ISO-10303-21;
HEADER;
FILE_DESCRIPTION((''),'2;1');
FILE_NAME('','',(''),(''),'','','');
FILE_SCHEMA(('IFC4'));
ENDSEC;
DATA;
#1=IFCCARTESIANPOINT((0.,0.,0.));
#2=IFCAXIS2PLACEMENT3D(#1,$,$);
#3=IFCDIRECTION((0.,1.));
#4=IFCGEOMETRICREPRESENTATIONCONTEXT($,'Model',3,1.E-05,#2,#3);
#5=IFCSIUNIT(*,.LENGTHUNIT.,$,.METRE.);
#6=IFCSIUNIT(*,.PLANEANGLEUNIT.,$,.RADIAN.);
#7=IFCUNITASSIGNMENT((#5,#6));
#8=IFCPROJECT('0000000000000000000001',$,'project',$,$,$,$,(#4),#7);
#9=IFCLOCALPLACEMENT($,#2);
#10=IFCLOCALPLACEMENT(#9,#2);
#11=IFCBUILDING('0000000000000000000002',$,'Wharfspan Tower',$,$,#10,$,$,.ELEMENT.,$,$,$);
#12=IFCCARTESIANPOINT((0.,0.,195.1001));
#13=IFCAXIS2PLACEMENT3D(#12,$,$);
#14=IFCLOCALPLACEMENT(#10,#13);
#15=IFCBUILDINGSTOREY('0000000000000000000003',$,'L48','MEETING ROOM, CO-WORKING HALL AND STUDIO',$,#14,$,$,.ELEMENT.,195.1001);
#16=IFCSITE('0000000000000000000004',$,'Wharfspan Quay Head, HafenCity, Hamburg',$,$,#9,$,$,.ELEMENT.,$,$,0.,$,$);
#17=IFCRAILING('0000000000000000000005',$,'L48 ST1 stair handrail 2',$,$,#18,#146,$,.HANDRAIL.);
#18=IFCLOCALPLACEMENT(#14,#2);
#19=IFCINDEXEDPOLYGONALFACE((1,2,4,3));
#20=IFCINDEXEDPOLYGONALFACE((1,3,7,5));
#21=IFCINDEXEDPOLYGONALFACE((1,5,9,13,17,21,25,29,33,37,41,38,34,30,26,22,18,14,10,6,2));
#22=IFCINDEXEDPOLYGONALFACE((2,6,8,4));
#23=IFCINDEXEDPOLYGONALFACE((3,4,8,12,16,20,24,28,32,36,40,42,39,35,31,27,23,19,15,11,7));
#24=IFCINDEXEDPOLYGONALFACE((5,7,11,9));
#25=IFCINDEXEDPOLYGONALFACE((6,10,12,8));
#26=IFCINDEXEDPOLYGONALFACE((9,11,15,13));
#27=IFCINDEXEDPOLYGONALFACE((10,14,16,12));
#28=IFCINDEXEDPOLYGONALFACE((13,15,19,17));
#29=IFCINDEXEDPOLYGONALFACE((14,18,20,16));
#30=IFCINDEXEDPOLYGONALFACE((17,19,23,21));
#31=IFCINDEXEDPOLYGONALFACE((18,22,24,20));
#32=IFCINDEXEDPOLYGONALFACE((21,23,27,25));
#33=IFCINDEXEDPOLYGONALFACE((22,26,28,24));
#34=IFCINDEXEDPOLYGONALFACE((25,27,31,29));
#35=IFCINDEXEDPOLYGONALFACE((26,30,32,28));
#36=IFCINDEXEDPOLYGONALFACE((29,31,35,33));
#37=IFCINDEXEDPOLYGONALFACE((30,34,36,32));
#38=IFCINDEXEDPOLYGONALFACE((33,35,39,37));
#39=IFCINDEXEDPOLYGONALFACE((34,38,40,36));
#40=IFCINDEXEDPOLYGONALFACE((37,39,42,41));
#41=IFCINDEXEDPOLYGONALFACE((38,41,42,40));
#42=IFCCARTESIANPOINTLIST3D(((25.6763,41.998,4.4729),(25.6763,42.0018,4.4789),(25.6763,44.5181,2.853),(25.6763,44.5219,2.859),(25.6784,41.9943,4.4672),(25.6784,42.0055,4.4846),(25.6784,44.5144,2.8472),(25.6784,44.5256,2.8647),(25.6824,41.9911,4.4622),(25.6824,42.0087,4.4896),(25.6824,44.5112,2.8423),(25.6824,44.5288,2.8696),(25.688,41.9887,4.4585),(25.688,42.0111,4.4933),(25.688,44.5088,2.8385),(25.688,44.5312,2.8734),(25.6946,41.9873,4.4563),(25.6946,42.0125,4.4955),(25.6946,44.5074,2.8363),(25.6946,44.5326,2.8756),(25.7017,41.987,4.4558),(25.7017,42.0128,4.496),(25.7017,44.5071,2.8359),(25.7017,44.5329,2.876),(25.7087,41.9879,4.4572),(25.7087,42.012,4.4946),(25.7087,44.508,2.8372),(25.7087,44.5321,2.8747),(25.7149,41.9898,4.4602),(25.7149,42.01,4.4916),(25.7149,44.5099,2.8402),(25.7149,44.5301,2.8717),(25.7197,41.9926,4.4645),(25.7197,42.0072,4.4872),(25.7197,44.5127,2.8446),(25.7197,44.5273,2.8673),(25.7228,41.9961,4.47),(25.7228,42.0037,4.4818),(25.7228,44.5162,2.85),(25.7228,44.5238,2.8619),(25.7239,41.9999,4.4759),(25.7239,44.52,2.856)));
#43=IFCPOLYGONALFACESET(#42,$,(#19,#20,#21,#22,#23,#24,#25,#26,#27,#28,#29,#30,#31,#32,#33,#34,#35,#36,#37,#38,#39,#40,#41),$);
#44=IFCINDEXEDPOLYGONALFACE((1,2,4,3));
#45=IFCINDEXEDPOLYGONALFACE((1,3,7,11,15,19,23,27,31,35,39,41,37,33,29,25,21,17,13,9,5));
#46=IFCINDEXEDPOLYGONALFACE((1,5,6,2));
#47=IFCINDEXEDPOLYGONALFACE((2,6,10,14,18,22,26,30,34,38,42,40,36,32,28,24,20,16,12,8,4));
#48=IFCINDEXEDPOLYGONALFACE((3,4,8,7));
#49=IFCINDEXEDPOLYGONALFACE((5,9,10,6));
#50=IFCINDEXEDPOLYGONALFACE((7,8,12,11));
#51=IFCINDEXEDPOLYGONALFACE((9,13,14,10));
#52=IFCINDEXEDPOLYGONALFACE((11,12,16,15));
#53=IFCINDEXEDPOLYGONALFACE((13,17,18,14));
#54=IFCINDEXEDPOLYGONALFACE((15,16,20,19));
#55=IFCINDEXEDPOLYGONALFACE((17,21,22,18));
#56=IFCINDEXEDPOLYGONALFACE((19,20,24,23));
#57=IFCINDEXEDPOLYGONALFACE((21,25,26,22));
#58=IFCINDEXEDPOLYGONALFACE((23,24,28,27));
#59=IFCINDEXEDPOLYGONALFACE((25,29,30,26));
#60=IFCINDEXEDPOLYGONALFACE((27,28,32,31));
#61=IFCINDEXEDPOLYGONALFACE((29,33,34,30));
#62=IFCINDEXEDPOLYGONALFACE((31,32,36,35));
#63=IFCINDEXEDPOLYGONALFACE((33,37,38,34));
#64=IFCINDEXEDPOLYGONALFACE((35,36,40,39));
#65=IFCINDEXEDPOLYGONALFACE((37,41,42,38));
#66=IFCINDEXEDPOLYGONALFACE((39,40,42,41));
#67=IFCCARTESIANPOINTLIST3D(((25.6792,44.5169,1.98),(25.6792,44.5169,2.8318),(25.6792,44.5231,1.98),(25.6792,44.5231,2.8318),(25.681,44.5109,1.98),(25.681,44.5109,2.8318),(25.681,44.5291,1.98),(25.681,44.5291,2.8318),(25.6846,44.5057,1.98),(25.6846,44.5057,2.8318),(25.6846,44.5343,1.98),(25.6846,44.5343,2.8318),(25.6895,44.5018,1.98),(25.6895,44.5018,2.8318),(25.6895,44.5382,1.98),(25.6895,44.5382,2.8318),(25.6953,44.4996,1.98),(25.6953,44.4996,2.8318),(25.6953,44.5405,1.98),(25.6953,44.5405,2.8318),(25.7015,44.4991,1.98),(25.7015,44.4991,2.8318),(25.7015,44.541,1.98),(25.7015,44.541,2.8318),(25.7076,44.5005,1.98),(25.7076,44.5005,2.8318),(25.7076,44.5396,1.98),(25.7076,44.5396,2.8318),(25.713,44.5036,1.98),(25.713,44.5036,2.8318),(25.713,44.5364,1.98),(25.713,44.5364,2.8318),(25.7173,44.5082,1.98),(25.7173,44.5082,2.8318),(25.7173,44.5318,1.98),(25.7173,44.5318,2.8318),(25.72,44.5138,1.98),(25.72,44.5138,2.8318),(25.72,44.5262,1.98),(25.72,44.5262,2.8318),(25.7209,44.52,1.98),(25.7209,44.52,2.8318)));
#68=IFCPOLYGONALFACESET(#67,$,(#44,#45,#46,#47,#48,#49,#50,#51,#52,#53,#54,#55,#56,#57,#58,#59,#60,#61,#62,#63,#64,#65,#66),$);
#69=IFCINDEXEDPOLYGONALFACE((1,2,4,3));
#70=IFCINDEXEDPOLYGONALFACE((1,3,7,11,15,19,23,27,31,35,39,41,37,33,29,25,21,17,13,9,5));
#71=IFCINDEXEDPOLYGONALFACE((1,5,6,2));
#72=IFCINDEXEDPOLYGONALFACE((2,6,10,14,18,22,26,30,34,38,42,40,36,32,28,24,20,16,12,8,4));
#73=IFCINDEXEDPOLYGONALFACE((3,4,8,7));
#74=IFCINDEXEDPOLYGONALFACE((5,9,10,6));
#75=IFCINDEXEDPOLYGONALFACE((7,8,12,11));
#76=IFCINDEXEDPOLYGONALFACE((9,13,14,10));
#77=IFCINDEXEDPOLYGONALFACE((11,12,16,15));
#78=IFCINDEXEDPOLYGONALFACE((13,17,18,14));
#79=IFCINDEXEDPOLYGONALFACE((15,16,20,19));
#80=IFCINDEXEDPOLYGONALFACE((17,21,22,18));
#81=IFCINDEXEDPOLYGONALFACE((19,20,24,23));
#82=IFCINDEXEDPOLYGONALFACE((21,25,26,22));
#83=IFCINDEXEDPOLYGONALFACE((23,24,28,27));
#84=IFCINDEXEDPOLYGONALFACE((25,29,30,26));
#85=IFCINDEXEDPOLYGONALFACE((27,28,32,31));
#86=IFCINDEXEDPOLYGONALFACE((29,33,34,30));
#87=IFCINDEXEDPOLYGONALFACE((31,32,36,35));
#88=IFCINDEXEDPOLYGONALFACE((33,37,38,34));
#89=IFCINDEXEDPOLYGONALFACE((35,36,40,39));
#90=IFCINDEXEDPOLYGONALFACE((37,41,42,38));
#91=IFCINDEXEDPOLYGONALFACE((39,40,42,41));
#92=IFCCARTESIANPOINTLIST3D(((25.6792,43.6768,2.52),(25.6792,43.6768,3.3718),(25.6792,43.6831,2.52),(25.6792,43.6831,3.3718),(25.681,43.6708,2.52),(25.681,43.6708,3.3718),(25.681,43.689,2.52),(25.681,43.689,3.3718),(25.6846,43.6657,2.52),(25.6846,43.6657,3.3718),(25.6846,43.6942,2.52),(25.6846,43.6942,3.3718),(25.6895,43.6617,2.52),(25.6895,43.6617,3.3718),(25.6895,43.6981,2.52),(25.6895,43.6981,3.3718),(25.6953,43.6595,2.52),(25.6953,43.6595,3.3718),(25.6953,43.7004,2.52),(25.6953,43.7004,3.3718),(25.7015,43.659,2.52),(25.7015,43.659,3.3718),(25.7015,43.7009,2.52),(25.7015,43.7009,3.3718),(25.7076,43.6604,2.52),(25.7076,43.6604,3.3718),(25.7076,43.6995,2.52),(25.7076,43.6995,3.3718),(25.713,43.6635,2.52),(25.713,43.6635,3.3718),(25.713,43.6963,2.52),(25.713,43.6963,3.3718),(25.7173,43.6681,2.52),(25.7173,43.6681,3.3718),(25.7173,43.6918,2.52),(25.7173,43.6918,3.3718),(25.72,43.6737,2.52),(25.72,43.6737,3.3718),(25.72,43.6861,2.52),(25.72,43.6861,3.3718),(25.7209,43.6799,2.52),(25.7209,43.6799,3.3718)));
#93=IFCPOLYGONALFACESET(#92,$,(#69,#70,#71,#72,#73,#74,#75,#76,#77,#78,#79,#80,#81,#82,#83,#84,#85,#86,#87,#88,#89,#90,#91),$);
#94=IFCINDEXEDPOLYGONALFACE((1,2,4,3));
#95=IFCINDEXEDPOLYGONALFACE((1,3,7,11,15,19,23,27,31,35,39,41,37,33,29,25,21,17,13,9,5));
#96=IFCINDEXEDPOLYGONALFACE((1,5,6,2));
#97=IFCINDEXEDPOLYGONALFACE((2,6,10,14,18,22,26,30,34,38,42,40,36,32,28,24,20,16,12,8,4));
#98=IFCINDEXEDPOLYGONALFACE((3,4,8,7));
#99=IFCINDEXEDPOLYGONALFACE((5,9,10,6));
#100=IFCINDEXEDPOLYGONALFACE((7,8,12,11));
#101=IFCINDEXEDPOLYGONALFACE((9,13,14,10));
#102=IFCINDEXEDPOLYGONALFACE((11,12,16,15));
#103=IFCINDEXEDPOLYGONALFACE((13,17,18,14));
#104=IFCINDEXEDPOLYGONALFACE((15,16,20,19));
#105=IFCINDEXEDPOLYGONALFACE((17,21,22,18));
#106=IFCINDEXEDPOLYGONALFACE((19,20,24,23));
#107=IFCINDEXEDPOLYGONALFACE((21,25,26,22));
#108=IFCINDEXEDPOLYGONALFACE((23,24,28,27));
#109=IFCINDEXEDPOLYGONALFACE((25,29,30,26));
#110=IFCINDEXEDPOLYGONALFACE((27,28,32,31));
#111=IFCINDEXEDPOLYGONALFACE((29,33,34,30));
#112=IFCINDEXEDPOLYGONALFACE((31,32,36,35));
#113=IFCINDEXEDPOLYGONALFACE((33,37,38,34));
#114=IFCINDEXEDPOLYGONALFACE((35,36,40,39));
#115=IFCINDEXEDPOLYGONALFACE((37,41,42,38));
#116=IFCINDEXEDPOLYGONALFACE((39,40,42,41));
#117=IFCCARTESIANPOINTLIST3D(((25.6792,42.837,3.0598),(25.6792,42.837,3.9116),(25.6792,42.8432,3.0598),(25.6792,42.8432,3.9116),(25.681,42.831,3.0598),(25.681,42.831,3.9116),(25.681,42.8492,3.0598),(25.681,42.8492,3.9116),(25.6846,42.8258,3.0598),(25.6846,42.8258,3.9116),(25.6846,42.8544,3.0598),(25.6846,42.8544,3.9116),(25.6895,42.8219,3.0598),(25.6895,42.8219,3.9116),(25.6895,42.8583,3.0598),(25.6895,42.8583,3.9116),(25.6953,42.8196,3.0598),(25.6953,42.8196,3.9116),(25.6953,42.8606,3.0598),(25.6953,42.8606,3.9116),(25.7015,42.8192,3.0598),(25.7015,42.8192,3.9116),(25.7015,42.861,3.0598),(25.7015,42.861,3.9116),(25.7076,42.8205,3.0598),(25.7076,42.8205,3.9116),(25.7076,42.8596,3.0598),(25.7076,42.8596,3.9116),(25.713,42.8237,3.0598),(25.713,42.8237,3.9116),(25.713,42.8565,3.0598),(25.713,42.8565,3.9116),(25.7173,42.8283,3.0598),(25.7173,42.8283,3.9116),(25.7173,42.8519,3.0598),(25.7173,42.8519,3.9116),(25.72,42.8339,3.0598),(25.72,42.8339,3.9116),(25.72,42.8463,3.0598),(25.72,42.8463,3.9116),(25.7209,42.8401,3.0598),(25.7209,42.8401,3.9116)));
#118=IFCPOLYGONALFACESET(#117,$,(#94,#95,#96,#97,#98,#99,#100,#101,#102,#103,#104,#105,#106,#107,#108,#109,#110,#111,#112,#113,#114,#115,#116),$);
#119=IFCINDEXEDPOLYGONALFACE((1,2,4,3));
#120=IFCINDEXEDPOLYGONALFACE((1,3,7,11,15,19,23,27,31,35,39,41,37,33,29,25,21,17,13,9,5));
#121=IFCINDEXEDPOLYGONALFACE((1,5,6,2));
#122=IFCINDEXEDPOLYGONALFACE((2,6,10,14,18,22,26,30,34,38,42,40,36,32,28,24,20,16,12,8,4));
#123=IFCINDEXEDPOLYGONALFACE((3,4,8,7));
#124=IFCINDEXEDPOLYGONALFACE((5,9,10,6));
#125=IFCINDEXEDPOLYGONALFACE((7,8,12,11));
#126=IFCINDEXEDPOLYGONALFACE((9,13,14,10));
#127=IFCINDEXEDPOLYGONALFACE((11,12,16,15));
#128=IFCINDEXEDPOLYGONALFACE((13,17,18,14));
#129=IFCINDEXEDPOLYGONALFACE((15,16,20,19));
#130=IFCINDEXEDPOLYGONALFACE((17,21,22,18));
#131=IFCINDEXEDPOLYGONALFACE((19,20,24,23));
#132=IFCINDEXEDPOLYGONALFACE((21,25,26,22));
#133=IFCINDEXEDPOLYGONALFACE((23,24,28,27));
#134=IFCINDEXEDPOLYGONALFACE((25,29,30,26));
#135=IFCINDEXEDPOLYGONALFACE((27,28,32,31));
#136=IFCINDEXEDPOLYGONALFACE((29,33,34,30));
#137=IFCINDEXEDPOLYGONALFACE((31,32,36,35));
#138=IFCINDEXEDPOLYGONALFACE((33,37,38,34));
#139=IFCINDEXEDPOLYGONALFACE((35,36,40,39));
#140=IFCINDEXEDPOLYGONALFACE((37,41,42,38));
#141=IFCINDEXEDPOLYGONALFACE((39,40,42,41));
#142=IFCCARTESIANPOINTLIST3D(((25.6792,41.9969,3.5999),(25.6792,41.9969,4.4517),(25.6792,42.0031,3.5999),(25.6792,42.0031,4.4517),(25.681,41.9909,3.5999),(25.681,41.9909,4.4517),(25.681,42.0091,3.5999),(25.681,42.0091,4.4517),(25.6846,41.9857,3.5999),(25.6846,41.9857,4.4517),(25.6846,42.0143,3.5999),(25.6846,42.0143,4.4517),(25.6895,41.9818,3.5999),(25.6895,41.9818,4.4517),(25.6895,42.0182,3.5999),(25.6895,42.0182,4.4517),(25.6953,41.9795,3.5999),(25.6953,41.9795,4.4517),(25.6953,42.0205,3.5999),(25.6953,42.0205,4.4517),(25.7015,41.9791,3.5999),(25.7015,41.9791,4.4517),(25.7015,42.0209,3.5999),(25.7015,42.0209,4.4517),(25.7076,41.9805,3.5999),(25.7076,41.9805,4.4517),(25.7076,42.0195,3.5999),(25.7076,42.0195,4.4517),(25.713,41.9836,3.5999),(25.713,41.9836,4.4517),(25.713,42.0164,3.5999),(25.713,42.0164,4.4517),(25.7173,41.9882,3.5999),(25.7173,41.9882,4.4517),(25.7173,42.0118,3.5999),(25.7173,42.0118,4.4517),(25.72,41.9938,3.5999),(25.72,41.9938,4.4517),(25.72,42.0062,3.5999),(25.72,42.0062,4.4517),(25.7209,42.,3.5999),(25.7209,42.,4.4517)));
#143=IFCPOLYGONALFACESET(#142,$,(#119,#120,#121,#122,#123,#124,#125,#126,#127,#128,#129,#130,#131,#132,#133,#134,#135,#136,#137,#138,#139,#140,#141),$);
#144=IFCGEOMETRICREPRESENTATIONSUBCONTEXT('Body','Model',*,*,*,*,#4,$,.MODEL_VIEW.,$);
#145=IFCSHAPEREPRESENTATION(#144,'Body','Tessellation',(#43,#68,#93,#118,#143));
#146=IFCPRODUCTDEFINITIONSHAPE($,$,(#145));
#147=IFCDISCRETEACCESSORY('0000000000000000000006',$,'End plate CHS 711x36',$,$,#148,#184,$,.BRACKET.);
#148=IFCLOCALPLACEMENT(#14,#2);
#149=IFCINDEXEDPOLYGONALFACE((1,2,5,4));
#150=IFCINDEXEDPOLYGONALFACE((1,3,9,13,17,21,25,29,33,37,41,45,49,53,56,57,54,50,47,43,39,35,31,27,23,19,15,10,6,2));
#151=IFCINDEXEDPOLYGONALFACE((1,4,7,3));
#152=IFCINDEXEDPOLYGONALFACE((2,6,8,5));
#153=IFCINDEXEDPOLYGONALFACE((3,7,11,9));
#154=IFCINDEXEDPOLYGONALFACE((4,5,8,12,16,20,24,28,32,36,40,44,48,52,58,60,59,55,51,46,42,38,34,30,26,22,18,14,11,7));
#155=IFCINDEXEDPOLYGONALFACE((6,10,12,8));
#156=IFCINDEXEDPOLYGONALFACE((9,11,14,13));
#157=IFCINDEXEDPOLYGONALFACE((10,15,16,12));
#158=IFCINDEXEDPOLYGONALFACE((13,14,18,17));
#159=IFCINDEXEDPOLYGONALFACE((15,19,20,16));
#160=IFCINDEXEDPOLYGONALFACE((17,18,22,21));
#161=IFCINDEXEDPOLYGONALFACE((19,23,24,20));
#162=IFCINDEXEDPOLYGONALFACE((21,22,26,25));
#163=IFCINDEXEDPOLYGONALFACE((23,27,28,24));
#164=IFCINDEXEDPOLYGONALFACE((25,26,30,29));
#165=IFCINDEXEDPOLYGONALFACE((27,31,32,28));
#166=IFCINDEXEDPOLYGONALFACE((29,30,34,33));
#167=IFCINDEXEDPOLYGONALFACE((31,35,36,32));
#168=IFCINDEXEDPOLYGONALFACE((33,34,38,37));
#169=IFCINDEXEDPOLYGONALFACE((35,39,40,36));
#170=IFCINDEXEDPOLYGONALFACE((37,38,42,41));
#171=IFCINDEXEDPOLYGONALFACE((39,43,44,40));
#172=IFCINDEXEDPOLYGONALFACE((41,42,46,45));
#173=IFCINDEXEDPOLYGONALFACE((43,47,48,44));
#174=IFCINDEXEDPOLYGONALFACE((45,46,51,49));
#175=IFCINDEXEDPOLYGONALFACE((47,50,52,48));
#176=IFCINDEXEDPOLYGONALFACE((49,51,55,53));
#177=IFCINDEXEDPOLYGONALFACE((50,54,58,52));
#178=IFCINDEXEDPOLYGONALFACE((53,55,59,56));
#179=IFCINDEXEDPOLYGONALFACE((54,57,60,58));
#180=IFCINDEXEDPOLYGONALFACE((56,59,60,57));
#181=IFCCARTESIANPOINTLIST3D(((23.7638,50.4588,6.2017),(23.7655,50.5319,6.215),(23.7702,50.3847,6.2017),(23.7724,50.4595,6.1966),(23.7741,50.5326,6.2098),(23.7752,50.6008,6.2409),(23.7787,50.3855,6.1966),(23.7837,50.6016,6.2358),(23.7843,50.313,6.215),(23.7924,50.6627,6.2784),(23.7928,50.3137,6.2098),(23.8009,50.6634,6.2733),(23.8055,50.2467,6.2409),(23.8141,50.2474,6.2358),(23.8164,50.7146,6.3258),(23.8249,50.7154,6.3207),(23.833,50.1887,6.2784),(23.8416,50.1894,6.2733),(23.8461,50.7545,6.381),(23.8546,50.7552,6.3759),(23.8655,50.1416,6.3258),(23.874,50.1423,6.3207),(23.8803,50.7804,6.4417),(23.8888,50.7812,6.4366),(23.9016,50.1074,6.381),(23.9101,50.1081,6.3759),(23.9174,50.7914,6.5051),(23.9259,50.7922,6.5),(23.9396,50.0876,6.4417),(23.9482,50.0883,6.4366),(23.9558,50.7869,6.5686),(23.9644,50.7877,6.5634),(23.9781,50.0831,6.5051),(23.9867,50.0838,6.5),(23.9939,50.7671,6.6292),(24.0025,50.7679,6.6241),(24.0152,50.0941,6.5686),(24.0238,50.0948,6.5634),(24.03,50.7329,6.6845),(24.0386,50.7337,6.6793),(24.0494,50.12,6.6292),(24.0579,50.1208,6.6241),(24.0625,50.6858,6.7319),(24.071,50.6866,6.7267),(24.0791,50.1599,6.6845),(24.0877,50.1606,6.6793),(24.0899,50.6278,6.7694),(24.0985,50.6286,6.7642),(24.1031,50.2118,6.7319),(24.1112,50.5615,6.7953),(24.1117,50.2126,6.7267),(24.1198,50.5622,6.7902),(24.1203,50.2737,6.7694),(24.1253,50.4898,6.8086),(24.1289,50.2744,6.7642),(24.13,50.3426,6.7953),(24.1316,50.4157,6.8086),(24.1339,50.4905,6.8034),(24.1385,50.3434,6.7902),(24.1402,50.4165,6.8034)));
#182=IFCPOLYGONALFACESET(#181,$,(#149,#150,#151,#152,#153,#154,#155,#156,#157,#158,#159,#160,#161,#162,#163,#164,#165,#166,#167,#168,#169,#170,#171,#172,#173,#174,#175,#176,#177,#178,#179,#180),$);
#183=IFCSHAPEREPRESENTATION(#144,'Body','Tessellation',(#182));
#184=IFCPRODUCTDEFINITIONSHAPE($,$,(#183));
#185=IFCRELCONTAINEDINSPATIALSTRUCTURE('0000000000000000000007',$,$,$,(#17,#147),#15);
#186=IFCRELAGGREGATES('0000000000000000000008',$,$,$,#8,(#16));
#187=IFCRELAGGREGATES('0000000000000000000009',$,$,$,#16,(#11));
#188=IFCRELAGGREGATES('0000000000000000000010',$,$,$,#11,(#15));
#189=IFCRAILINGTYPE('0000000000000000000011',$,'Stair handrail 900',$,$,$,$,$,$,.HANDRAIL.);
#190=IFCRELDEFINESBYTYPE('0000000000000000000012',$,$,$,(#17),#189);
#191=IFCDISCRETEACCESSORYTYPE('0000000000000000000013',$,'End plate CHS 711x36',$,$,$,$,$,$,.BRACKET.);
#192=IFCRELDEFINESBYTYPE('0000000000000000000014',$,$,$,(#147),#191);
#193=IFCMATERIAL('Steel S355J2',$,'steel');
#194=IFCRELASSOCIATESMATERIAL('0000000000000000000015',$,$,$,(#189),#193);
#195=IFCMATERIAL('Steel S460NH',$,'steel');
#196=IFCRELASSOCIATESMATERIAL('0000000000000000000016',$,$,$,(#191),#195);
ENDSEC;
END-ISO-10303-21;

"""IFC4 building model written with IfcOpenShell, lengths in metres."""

from ifc_helpers import new_model, si_unit, direction, frame, origin, origin_2d, place, context, subcontext, project, spatial, circle, extrude, material, material_profile, profile_set, type_object, element, save


model = new_model("IFC4")

# Units and contexts
model_context = context("Model", 3, precision=1e-05, world=origin(), true_north=direction((0.0, 1.0)))
body_context = subcontext(model_context, "Body", "Model", "MODEL_VIEW")
ifc_project = project(units=[si_unit("LENGTHUNIT", "METRE"), si_unit("PLANEANGLEUNIT", "RADIAN")], contexts=[model_context])

# Site, building, storey
site_placement = place(None, origin())
site = spatial("IfcSite", under=ifc_project, at=site_placement, Name="Wharfspan Quay Head, HafenCity, Hamburg", CompositionType="ELEMENT", RefElevation=0.0)
building_placement = place(site_placement, origin())
building = spatial("IfcBuilding", under=site, at=building_placement, Name="Wharfspan Tower", CompositionType="ELEMENT")
storey_placement = place(building_placement, frame((0.0, 0.0, 195.1001)))
storey = spatial("IfcBuildingStorey", under=building, at=storey_placement, Name="L48", Description="MEETING ROOM, CO-WORKING HALL AND STUDIO", CompositionType="ELEMENT", Elevation=195.1001)

# Shared definitions
ifc_material_1 = material(Name="Steel S355J2", Category="steel")

# Railing
railing_type = type_object("IfcRailingType", Name="Stair handrail 900", PredefinedType="HANDRAIL", material=ifc_material_1)
railing_placement = place(storey_placement, frame((25.7, 44.52, 1.98)))
element("IfcRailing", 1, at=railing_placement, inside=storey, type_object=railing_type, Name="L48 ST1 stair handrail 2", PredefinedType="HANDRAIL", context=body_context, shape_type="SweptSolid", body=[
    extrude(circle(Radius=0.0239, at=origin_2d()), frame((0.0, 0.0, 0.876), z_axis=(0.0, -0.8412, 0.540725), x_axis=(1.0, 0.0, 0.0)), (0.0, 0.0, 1.0), 2.9958),
    extrude(circle(Radius=0.021, at=origin_2d()), origin(), (0.0, 0.0, 1.0), 0.8518),
    extrude(circle(Radius=0.021, at=origin_2d()), frame((0.0, -0.8401, 0.54)), (0.0, 0.0, 1.0), 0.8518),
    extrude(circle(Radius=0.021, at=origin_2d()), frame((0.0, -1.6799, 1.0798)), (0.0, 0.0, 1.0), 0.8518),
    extrude(circle(Radius=0.021, at=origin_2d()), frame((0.0, -2.52, 1.6199)), (0.0, 0.0, 1.0), 0.8518),
])

# Discrete accessory
ifc_material_2 = material(Name="Steel S460NH", Category="steel")
ifc_material_profile_1 = material_profile(ifc_material_2, circle(Radius=0.3555, at=origin_2d()))
ifc_profile_set_1 = profile_set([ifc_material_profile_1], Name="Steel S460NH")
discrete_accessory_type = type_object("IfcDiscreteAccessoryType", Name="End plate CHS 711x36", PredefinedType="BRACKET", material=ifc_profile_set_1)
discrete_accessory_placement = place(storey_placement, frame((23.9563, 50.438, 6.5), z_axis=(-0.855186, -0.073302, 0.513112), x_axis=(0.085402, -0.996345, 0.000001)))
element("IfcDiscreteAccessory", 2, at=discrete_accessory_placement, inside=storey, type_object=discrete_accessory_type, Name="End plate CHS 711x36", PredefinedType="BRACKET", context=body_context, shape_type="SweptSolid", body=[
    extrude(circle(Radius=0.3555, at=origin_2d()), origin(), (0.0, 0.0, 1.0), 0.01),
])

save(model, "model.ifc")
